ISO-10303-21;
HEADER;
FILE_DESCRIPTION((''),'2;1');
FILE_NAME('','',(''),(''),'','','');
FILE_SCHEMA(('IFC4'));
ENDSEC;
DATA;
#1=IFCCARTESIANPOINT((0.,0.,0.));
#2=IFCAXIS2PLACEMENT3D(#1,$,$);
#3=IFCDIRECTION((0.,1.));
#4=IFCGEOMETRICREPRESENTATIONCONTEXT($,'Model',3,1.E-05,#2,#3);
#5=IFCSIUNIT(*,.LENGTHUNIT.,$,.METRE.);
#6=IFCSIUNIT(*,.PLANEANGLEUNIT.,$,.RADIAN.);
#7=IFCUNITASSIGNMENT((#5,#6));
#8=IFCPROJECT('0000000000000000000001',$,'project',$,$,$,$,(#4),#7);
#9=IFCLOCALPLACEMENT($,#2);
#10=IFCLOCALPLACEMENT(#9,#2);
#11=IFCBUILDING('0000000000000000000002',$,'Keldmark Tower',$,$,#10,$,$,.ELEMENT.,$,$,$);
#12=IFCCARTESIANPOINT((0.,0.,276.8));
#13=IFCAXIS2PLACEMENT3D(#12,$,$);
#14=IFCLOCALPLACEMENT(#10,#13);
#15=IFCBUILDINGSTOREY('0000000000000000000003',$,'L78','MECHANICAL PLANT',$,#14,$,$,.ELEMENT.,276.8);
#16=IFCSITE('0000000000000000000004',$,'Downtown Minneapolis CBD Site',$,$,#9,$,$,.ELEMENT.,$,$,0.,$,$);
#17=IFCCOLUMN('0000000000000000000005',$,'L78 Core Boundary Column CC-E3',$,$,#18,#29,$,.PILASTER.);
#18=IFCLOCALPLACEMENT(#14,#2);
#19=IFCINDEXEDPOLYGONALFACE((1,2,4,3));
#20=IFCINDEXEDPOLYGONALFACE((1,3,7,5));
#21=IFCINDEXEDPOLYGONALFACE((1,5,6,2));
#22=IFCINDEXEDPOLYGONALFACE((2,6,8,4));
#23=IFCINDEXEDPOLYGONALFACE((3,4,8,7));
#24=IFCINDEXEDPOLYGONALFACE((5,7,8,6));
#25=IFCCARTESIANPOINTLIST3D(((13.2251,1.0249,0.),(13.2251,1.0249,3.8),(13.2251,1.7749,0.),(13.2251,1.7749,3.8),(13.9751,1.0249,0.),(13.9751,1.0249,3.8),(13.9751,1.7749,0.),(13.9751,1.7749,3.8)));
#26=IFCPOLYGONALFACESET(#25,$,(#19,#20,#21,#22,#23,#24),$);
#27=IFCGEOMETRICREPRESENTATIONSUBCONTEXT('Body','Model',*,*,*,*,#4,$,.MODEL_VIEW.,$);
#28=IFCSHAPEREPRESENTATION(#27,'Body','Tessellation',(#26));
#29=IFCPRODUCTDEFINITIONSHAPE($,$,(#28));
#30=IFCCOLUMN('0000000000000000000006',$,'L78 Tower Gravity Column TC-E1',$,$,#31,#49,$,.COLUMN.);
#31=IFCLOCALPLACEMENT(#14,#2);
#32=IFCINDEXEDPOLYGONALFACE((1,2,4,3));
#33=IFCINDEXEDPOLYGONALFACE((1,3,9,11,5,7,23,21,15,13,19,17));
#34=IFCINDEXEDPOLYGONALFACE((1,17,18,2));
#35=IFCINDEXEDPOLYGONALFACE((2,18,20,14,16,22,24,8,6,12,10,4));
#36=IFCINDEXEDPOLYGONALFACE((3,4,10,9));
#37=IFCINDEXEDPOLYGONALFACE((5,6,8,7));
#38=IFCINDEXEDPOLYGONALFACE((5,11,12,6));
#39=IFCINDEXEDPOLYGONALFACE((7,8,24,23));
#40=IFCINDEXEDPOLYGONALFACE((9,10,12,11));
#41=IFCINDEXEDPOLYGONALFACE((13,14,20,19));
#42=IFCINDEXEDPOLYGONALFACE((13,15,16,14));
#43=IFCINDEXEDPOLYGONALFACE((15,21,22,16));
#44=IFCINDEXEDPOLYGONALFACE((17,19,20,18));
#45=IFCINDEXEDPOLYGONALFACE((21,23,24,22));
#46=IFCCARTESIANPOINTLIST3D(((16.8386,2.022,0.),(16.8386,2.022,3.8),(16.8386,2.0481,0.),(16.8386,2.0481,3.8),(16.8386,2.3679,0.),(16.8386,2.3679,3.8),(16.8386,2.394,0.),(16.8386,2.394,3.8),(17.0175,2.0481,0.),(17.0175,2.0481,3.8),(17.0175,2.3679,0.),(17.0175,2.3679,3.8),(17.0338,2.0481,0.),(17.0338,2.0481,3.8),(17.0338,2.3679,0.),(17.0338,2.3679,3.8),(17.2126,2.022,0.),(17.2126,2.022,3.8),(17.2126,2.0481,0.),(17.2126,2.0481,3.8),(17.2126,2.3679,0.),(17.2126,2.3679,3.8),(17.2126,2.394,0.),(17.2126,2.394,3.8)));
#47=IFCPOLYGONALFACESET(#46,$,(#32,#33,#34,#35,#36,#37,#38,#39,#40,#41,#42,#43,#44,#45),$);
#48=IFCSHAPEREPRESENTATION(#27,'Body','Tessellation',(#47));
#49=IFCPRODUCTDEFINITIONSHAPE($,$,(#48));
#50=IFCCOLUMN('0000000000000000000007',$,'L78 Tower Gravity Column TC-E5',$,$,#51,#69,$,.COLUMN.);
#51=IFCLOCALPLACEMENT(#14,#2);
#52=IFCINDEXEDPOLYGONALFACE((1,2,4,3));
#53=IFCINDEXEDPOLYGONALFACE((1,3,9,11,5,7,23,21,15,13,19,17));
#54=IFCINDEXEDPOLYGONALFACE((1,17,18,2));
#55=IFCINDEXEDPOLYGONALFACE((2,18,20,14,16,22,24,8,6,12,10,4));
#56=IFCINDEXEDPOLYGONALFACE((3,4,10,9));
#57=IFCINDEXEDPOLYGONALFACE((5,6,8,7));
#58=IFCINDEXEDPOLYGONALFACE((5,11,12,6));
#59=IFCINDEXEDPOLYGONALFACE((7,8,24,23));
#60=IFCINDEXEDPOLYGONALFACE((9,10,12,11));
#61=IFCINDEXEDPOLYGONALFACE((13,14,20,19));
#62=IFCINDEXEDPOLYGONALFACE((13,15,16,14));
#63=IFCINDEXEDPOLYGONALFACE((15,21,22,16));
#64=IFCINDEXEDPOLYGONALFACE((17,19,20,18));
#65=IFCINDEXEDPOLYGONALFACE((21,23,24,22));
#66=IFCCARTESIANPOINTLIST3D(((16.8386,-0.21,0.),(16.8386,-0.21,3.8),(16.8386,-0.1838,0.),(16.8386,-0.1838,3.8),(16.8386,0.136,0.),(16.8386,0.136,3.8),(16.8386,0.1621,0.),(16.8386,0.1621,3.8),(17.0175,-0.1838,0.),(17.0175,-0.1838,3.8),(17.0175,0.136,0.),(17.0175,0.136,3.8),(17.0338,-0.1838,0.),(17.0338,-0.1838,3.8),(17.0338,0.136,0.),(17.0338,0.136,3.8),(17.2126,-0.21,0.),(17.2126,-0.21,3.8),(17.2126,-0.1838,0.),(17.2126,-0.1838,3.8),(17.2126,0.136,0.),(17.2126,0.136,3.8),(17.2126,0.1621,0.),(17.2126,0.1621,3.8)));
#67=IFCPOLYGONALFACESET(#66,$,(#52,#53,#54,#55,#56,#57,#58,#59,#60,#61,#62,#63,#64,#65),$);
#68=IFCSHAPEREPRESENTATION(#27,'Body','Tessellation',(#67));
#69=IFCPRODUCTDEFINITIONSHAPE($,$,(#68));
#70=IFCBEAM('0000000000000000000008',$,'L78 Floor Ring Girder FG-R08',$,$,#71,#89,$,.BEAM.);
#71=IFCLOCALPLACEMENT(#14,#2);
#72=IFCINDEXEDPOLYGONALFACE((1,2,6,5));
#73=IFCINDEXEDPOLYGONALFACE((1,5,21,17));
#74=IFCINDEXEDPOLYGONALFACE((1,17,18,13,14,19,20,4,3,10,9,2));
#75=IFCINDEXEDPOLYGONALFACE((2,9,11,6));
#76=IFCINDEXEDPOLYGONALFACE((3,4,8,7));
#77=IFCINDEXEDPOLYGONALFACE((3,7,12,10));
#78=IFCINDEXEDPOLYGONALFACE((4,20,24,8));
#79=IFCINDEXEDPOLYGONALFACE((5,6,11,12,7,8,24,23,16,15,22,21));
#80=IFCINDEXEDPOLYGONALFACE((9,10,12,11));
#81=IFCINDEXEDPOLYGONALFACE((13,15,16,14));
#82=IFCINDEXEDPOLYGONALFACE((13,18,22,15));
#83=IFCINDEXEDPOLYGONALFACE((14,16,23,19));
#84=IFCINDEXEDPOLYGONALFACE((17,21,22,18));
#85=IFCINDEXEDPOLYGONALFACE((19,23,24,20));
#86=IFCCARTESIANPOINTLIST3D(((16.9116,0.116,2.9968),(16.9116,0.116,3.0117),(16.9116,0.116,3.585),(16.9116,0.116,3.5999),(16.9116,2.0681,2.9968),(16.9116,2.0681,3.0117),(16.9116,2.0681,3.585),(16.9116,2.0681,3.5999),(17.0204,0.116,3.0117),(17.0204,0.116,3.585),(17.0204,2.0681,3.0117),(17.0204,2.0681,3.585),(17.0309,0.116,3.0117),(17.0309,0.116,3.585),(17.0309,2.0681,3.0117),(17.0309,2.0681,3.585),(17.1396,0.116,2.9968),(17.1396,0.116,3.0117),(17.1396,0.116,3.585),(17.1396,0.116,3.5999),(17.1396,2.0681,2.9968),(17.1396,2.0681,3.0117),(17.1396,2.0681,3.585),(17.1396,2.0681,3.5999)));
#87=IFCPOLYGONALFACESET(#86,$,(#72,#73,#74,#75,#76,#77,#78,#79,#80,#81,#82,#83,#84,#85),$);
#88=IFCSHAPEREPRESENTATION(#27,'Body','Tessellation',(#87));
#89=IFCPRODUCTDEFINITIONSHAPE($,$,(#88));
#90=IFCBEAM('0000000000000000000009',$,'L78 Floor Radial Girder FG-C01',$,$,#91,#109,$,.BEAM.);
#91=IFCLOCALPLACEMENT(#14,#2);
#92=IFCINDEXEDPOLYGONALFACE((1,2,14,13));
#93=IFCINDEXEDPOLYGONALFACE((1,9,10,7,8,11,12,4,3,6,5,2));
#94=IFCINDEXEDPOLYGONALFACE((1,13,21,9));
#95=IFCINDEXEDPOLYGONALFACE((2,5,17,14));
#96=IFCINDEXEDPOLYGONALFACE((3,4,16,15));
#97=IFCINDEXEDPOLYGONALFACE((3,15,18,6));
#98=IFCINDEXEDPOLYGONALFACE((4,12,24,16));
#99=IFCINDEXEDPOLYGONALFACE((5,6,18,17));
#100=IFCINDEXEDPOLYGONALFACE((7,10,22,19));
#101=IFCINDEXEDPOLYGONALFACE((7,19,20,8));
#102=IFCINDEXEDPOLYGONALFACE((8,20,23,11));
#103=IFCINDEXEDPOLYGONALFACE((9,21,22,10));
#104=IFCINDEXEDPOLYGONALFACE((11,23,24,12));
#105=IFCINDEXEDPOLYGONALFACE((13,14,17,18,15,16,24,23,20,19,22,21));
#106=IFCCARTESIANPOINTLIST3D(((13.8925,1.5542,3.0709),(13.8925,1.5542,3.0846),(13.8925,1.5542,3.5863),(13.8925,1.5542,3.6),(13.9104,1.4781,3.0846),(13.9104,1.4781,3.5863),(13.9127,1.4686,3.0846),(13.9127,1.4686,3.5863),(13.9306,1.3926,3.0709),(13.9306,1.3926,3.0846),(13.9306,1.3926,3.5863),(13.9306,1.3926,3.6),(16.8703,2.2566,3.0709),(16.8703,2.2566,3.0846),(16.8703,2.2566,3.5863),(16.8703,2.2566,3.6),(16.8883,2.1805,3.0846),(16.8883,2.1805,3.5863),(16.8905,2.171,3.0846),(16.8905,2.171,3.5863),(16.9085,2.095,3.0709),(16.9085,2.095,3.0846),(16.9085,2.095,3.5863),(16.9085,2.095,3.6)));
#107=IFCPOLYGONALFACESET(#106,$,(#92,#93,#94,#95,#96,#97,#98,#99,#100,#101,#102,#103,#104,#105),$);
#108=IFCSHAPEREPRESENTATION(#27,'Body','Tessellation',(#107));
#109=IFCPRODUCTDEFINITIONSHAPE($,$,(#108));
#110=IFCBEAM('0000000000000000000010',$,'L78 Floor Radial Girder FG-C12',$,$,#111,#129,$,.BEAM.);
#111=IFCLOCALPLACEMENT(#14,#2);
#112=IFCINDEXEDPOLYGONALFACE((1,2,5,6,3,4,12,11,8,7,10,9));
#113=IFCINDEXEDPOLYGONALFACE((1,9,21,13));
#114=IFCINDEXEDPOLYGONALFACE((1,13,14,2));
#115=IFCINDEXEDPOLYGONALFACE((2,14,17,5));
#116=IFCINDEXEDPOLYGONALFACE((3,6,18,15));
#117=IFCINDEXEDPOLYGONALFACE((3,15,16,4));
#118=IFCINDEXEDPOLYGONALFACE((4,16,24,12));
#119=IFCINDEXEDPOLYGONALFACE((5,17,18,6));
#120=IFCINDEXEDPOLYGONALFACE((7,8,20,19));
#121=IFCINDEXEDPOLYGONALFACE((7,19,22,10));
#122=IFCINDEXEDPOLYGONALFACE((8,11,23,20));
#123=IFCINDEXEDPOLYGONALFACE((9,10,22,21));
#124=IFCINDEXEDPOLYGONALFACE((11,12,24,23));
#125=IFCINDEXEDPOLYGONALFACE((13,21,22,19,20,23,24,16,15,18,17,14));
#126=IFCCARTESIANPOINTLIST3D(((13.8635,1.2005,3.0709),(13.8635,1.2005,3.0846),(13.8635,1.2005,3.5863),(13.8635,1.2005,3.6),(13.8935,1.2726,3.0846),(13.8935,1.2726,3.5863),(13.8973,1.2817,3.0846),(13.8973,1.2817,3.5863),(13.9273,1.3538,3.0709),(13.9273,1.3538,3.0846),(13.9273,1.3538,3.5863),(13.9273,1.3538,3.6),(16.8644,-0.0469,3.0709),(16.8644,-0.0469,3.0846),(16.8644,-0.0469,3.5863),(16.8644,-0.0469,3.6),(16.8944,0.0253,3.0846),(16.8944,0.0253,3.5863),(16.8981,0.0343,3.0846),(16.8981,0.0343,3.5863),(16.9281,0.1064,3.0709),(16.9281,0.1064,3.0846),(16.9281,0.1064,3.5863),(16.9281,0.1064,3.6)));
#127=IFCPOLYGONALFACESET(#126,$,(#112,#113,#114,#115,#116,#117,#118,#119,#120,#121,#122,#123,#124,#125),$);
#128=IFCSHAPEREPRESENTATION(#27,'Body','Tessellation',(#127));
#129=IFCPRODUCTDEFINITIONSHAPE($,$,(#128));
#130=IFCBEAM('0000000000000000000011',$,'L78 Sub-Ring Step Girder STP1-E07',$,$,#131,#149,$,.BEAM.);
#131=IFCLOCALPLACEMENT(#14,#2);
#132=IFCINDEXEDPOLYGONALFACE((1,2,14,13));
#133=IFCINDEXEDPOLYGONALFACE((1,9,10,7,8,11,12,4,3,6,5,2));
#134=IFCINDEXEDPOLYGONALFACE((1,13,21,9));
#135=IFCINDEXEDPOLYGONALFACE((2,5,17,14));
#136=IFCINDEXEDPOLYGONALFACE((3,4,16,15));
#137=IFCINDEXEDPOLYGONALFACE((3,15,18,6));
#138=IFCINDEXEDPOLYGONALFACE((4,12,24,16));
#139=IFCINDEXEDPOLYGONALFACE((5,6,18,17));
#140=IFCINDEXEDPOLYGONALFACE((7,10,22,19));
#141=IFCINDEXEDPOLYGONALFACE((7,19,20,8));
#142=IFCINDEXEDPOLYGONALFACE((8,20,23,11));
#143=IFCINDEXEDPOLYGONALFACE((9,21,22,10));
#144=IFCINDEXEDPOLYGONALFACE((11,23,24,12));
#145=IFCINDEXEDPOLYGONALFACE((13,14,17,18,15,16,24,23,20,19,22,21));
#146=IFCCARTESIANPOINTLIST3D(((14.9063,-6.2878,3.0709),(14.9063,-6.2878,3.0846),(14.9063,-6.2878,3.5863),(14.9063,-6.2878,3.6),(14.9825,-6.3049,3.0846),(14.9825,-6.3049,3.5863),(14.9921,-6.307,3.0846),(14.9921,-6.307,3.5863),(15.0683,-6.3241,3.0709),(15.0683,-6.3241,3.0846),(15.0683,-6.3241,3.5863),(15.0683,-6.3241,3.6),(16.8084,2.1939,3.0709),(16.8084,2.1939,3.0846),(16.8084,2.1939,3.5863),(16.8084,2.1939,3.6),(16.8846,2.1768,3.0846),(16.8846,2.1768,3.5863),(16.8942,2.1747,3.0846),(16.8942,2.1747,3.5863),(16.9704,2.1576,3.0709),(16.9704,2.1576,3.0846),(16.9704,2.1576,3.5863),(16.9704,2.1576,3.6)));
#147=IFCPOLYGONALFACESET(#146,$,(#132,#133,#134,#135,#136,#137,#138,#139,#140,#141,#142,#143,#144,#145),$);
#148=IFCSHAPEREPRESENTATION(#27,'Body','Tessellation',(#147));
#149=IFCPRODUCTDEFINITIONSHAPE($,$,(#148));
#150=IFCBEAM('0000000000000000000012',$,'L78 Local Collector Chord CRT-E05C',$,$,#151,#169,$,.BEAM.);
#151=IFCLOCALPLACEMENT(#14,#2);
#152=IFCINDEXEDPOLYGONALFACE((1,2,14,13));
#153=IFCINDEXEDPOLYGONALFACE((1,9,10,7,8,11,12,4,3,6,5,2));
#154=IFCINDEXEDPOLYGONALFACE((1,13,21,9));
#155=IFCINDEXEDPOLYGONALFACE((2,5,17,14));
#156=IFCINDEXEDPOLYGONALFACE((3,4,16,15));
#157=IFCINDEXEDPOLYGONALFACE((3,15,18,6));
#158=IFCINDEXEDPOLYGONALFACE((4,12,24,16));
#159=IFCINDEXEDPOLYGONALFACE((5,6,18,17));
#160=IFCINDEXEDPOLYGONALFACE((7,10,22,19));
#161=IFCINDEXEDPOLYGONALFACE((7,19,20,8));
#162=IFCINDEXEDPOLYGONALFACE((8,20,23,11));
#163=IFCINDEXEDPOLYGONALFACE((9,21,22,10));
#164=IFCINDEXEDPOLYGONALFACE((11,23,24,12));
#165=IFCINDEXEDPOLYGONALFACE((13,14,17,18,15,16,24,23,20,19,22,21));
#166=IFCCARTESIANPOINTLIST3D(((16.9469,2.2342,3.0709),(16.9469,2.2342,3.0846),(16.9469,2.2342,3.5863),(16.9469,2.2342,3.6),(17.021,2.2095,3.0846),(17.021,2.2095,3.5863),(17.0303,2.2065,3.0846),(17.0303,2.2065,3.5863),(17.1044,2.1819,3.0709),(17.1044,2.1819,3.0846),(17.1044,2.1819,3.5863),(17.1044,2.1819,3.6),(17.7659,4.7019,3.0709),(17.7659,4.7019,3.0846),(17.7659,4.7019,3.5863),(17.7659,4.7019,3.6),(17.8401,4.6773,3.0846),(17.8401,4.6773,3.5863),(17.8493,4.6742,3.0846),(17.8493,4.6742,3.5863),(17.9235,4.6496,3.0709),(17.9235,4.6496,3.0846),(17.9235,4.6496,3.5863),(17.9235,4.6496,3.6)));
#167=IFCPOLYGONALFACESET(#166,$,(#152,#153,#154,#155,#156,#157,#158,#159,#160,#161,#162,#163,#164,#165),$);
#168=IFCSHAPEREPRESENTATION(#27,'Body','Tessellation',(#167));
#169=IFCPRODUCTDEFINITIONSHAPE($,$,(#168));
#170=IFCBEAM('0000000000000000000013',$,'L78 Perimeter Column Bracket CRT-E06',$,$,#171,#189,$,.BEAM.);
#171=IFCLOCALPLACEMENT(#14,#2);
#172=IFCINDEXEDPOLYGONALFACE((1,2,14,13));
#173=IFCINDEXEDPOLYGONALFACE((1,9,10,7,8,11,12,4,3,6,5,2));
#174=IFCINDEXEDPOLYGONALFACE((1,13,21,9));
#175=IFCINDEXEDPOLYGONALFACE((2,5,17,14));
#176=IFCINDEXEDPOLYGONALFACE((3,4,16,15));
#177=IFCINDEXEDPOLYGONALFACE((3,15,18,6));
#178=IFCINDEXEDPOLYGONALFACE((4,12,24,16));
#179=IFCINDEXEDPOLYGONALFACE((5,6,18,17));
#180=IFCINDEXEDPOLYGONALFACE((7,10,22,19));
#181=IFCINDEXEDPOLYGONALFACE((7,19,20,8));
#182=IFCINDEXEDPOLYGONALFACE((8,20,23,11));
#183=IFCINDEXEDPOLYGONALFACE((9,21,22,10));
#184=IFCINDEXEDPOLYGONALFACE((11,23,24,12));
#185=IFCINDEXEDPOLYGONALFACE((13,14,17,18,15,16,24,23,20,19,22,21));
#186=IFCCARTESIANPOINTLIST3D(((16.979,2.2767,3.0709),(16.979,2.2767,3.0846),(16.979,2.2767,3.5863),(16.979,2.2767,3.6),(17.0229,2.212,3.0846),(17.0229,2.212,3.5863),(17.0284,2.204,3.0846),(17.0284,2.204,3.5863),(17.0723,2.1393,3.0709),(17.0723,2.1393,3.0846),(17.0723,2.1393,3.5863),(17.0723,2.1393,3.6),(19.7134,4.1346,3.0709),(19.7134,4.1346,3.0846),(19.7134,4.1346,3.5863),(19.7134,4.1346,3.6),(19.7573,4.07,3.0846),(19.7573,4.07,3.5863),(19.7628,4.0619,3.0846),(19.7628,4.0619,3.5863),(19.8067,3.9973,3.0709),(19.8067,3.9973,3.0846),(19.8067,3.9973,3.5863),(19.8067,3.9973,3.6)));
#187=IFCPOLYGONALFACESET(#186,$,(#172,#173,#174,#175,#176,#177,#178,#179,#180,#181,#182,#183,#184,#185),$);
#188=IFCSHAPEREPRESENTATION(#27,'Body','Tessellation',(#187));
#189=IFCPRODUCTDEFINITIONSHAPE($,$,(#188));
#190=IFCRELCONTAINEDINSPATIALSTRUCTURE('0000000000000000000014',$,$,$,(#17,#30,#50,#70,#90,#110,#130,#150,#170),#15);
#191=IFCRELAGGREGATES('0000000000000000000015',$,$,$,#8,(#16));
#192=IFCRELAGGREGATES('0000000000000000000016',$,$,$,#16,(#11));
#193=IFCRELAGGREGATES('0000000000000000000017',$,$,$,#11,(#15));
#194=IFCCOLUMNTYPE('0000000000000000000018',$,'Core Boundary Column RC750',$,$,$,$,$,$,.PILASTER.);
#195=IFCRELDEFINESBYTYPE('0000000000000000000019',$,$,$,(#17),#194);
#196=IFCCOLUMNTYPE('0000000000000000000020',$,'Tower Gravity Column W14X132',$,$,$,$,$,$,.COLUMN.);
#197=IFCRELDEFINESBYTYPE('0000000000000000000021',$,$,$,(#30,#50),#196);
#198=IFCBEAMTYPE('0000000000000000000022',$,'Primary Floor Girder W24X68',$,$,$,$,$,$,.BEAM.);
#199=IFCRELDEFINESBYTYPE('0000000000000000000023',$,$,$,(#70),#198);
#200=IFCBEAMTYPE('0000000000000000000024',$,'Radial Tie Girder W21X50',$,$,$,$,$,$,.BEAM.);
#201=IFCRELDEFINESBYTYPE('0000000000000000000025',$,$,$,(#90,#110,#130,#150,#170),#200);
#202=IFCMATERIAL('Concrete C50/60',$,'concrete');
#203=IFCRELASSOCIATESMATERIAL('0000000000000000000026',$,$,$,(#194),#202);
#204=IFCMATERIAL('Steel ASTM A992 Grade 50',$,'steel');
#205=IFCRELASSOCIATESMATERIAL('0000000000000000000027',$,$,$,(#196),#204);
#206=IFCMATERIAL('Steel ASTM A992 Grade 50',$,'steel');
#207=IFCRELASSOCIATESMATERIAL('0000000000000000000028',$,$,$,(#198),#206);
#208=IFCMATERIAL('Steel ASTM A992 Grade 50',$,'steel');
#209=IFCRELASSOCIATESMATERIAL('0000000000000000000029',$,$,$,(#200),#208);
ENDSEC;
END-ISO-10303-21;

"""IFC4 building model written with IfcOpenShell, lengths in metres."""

from ifc_helpers import new_model, si_unit, direction, frame, origin, origin_2d, place, context, subcontext, project, spatial, rectangle, i_section, extrude, material, material_profile, profile_set, type_object, element, save


model = new_model("IFC4")

# Units and contexts
model_context = context("Model", 3, precision=1e-05, world=origin(), true_north=direction((0.0, 1.0)))
body_context = subcontext(model_context, "Body", "Model", "MODEL_VIEW")
ifc_project = project(units=[si_unit("LENGTHUNIT", "METRE"), si_unit("PLANEANGLEUNIT", "RADIAN")], contexts=[model_context])

# Site, building, storey
site_placement = place(None, origin())
site = spatial("IfcSite", under=ifc_project, at=site_placement, Name="Downtown Minneapolis CBD Site", CompositionType="ELEMENT", RefElevation=0.0)
building_placement = place(site_placement, origin())
building = spatial("IfcBuilding", under=site, at=building_placement, Name="Keldmark Tower", CompositionType="ELEMENT")
storey_placement = place(building_placement, frame((0.0, 0.0, 276.8)))
storey = spatial("IfcBuildingStorey", under=building, at=storey_placement, Name="L78", Description="MECHANICAL PLANT", CompositionType="ELEMENT", Elevation=276.8)

# Columns
ifc_material_1 = material(Name="Concrete C50/60", Category="concrete")
ifc_material_profile_1 = material_profile(ifc_material_1, rectangle(XDim=0.75, YDim=0.75, at=origin_2d()), Name="RC750X750")
ifc_profile_set_1 = profile_set([ifc_material_profile_1], Name="Concrete C50/60")
column_type_1 = type_object("IfcColumnType", Name="Core Boundary Column RC750", PredefinedType="PILASTER", material=ifc_profile_set_1)
column_placement = place(storey_placement, frame((13.6001, 1.3999, 0.0), z_axis=(0.0, 0.0, 1.0), x_axis=(1.0, 0.0, 0.0)))
element("IfcColumn", 1, at=column_placement, inside=storey, type_object=column_type_1, Name="L78 Core Boundary Column CC-E3", PredefinedType="PILASTER", context=body_context, shape_type="SweptSolid", body=[
    extrude(rectangle(XDim=0.75, YDim=0.75, at=origin_2d()), origin(), (0.0, 0.0, 1.0), 3.8),
])
ifc_material_2 = material(Name="Steel ASTM A992 Grade 50", Category="steel")
ifc_material_profile_2 = material_profile(ifc_material_2, i_section(OverallWidth=0.374, OverallDepth=0.3721, WebThickness=0.0164, FlangeThickness=0.0261, at=origin_2d()), Name="W14X132")
ifc_profile_set_2 = profile_set([ifc_material_profile_2], Name="Steel ASTM A992 Grade 50")
column_type_2 = type_object("IfcColumnType", Name="Tower Gravity Column W14X132", PredefinedType="COLUMN", material=ifc_profile_set_2)
for number, where, z_axis, x_axis, name in (
    (2, (17.0256, 2.208, 0.0), (0.0, 0.0, 1.0), (1.0, 0.0, 0.0), "L78 Tower Gravity Column TC-E1"),
    (3, (17.0256, -0.0239, 0.0), (0.0, 0.0, 1.0), (1.0, 0.0, 0.0), "L78 Tower Gravity Column TC-E5"),
):
    element("IfcColumn", number, at=place(storey_placement, frame(where, z_axis=z_axis, x_axis=x_axis)), inside=storey, type_object=column_type_2, Name=name, PredefinedType="COLUMN", context=body_context, shape_type="SweptSolid", body=[
        extrude(i_section(OverallWidth=0.374, OverallDepth=0.3721, WebThickness=0.0164, FlangeThickness=0.0261, at=origin_2d()), origin(), (0.0, 0.0, 1.0), 3.8),
    ])

# Beams
ifc_material_3 = material(Name="Steel ASTM A992 Grade 50", Category="steel")
ifc_material_profile_3 = material_profile(ifc_material_3, i_section(OverallWidth=0.228, OverallDepth=0.603, WebThickness=0.0105, FlangeThickness=0.0149, at=origin_2d()), Name="W24X68")
ifc_profile_set_3 = profile_set([ifc_material_profile_3], Name="Steel ASTM A992 Grade 50")
beam_type_1 = type_object("IfcBeamType", Name="Primary Floor Girder W24X68", PredefinedType="BEAM", material=ifc_profile_set_3)
beam_1_placement = place(storey_placement, frame((17.0256, 0.116, 3.2983), z_axis=(0.0, 1.0, 0.0), x_axis=(-1.0, 0.0, 0.0)))
element("IfcBeam", 4, at=beam_1_placement, inside=storey, type_object=beam_type_1, Name="L78 Floor Ring Girder FG-R08", PredefinedType="BEAM", context=body_context, shape_type="SweptSolid", body=[
    extrude(i_section(OverallWidth=0.228, OverallDepth=0.603, WebThickness=0.0105, FlangeThickness=0.0149, at=origin_2d()), origin(), (0.0, 0.0, 1.0), 1.9521),
])
ifc_material_4 = material(Name="Steel ASTM A992 Grade 50", Category="steel")
ifc_material_profile_4 = material_profile(ifc_material_4, i_section(OverallWidth=0.166, OverallDepth=0.5291, WebThickness=0.0098, FlangeThickness=0.0137, at=origin_2d()), Name="W21X50")
ifc_profile_set_4 = profile_set([ifc_material_profile_4], Name="Steel ASTM A992 Grade 50")
beam_type_2 = type_object("IfcBeamType", Name="Radial Tie Girder W21X50", PredefinedType="BEAM", material=ifc_profile_set_4)
beam_2_placement = place(storey_placement, frame((16.8894, 2.1758, 3.3354), z_axis=(-0.97329, -0.229577, 0.0), x_axis=(0.229577, -0.97329, 0.0)))
element("IfcBeam", 5, at=beam_2_placement, inside=storey, type_object=beam_type_2, Name="L78 Floor Radial Girder FG-C01", PredefinedType="BEAM", context=body_context, shape_type="SweptSolid", body=[
    extrude(i_section(OverallWidth=0.166, OverallDepth=0.5291, WebThickness=0.0098, FlangeThickness=0.0137, at=origin_2d()), origin(), (0.0, 0.0, 1.0), 3.0596),
])
beam_3_placement = place(storey_placement, frame((16.8962, 0.0298, 3.3354), z_axis=(-0.923403, 0.383831, 0.0), x_axis=(-0.383831, -0.923403, 0.0)))
element("IfcBeam", 6, at=beam_3_placement, inside=storey, type_object=beam_type_2, Name="L78 Floor Radial Girder FG-C12", PredefinedType="BEAM", context=body_context, shape_type="SweptSolid", body=[
    extrude(i_section(OverallWidth=0.166, OverallDepth=0.5291, WebThickness=0.0098, FlangeThickness=0.0137, at=origin_2d()), origin(), (0.0, 0.0, 1.0), 3.2498),
])
beam_4_placement = place(storey_placement, frame((16.8894, 2.1758, 3.3354), z_axis=(-0.218824, -0.975764, 0.0), x_axis=(0.975764, -0.218824, 0.0)))
element("IfcBeam", 7, at=beam_4_placement, inside=storey, type_object=beam_type_2, Name="L78 Sub-Ring Step Girder STP1-E07", PredefinedType="BEAM", context=body_context, shape_type="SweptSolid", body=[
    extrude(i_section(OverallWidth=0.166, OverallDepth=0.5291, WebThickness=0.0098, FlangeThickness=0.0137, at=origin_2d()), origin(), (0.0, 0.0, 1.0), 8.6924),
])
beam_5_placement = place(storey_placement, frame((17.0256, 2.208, 3.3354), z_axis=(0.315016, 0.949086, 0.0), x_axis=(-0.949086, 0.315016, 0.0)))
element("IfcBeam", 8, at=beam_5_placement, inside=storey, type_object=beam_type_2, Name="L78 Local Collector Chord CRT-E05C", PredefinedType="BEAM", context=body_context, shape_type="SweptSolid", body=[
    extrude(i_section(OverallWidth=0.166, OverallDepth=0.5291, WebThickness=0.0098, FlangeThickness=0.0137, at=origin_2d()), origin(), (0.0, 0.0, 1.0), 2.6001),
])
beam_6_placement = place(storey_placement, frame((17.0256, 2.208, 3.3354), z_axis=(0.827132, 0.562007, 0.0), x_axis=(-0.562007, 0.827132, 0.0)))
element("IfcBeam", 9, at=beam_6_placement, inside=storey, type_object=beam_type_2, Name="L78 Perimeter Column Bracket CRT-E06", PredefinedType="BEAM", context=body_context, shape_type="SweptSolid", body=[
    extrude(i_section(OverallWidth=0.166, OverallDepth=0.5291, WebThickness=0.0098, FlangeThickness=0.0137, at=origin_2d()), origin(), (0.0, 0.0, 1.0), 3.3059),
])

save(model, "model.ifc")
